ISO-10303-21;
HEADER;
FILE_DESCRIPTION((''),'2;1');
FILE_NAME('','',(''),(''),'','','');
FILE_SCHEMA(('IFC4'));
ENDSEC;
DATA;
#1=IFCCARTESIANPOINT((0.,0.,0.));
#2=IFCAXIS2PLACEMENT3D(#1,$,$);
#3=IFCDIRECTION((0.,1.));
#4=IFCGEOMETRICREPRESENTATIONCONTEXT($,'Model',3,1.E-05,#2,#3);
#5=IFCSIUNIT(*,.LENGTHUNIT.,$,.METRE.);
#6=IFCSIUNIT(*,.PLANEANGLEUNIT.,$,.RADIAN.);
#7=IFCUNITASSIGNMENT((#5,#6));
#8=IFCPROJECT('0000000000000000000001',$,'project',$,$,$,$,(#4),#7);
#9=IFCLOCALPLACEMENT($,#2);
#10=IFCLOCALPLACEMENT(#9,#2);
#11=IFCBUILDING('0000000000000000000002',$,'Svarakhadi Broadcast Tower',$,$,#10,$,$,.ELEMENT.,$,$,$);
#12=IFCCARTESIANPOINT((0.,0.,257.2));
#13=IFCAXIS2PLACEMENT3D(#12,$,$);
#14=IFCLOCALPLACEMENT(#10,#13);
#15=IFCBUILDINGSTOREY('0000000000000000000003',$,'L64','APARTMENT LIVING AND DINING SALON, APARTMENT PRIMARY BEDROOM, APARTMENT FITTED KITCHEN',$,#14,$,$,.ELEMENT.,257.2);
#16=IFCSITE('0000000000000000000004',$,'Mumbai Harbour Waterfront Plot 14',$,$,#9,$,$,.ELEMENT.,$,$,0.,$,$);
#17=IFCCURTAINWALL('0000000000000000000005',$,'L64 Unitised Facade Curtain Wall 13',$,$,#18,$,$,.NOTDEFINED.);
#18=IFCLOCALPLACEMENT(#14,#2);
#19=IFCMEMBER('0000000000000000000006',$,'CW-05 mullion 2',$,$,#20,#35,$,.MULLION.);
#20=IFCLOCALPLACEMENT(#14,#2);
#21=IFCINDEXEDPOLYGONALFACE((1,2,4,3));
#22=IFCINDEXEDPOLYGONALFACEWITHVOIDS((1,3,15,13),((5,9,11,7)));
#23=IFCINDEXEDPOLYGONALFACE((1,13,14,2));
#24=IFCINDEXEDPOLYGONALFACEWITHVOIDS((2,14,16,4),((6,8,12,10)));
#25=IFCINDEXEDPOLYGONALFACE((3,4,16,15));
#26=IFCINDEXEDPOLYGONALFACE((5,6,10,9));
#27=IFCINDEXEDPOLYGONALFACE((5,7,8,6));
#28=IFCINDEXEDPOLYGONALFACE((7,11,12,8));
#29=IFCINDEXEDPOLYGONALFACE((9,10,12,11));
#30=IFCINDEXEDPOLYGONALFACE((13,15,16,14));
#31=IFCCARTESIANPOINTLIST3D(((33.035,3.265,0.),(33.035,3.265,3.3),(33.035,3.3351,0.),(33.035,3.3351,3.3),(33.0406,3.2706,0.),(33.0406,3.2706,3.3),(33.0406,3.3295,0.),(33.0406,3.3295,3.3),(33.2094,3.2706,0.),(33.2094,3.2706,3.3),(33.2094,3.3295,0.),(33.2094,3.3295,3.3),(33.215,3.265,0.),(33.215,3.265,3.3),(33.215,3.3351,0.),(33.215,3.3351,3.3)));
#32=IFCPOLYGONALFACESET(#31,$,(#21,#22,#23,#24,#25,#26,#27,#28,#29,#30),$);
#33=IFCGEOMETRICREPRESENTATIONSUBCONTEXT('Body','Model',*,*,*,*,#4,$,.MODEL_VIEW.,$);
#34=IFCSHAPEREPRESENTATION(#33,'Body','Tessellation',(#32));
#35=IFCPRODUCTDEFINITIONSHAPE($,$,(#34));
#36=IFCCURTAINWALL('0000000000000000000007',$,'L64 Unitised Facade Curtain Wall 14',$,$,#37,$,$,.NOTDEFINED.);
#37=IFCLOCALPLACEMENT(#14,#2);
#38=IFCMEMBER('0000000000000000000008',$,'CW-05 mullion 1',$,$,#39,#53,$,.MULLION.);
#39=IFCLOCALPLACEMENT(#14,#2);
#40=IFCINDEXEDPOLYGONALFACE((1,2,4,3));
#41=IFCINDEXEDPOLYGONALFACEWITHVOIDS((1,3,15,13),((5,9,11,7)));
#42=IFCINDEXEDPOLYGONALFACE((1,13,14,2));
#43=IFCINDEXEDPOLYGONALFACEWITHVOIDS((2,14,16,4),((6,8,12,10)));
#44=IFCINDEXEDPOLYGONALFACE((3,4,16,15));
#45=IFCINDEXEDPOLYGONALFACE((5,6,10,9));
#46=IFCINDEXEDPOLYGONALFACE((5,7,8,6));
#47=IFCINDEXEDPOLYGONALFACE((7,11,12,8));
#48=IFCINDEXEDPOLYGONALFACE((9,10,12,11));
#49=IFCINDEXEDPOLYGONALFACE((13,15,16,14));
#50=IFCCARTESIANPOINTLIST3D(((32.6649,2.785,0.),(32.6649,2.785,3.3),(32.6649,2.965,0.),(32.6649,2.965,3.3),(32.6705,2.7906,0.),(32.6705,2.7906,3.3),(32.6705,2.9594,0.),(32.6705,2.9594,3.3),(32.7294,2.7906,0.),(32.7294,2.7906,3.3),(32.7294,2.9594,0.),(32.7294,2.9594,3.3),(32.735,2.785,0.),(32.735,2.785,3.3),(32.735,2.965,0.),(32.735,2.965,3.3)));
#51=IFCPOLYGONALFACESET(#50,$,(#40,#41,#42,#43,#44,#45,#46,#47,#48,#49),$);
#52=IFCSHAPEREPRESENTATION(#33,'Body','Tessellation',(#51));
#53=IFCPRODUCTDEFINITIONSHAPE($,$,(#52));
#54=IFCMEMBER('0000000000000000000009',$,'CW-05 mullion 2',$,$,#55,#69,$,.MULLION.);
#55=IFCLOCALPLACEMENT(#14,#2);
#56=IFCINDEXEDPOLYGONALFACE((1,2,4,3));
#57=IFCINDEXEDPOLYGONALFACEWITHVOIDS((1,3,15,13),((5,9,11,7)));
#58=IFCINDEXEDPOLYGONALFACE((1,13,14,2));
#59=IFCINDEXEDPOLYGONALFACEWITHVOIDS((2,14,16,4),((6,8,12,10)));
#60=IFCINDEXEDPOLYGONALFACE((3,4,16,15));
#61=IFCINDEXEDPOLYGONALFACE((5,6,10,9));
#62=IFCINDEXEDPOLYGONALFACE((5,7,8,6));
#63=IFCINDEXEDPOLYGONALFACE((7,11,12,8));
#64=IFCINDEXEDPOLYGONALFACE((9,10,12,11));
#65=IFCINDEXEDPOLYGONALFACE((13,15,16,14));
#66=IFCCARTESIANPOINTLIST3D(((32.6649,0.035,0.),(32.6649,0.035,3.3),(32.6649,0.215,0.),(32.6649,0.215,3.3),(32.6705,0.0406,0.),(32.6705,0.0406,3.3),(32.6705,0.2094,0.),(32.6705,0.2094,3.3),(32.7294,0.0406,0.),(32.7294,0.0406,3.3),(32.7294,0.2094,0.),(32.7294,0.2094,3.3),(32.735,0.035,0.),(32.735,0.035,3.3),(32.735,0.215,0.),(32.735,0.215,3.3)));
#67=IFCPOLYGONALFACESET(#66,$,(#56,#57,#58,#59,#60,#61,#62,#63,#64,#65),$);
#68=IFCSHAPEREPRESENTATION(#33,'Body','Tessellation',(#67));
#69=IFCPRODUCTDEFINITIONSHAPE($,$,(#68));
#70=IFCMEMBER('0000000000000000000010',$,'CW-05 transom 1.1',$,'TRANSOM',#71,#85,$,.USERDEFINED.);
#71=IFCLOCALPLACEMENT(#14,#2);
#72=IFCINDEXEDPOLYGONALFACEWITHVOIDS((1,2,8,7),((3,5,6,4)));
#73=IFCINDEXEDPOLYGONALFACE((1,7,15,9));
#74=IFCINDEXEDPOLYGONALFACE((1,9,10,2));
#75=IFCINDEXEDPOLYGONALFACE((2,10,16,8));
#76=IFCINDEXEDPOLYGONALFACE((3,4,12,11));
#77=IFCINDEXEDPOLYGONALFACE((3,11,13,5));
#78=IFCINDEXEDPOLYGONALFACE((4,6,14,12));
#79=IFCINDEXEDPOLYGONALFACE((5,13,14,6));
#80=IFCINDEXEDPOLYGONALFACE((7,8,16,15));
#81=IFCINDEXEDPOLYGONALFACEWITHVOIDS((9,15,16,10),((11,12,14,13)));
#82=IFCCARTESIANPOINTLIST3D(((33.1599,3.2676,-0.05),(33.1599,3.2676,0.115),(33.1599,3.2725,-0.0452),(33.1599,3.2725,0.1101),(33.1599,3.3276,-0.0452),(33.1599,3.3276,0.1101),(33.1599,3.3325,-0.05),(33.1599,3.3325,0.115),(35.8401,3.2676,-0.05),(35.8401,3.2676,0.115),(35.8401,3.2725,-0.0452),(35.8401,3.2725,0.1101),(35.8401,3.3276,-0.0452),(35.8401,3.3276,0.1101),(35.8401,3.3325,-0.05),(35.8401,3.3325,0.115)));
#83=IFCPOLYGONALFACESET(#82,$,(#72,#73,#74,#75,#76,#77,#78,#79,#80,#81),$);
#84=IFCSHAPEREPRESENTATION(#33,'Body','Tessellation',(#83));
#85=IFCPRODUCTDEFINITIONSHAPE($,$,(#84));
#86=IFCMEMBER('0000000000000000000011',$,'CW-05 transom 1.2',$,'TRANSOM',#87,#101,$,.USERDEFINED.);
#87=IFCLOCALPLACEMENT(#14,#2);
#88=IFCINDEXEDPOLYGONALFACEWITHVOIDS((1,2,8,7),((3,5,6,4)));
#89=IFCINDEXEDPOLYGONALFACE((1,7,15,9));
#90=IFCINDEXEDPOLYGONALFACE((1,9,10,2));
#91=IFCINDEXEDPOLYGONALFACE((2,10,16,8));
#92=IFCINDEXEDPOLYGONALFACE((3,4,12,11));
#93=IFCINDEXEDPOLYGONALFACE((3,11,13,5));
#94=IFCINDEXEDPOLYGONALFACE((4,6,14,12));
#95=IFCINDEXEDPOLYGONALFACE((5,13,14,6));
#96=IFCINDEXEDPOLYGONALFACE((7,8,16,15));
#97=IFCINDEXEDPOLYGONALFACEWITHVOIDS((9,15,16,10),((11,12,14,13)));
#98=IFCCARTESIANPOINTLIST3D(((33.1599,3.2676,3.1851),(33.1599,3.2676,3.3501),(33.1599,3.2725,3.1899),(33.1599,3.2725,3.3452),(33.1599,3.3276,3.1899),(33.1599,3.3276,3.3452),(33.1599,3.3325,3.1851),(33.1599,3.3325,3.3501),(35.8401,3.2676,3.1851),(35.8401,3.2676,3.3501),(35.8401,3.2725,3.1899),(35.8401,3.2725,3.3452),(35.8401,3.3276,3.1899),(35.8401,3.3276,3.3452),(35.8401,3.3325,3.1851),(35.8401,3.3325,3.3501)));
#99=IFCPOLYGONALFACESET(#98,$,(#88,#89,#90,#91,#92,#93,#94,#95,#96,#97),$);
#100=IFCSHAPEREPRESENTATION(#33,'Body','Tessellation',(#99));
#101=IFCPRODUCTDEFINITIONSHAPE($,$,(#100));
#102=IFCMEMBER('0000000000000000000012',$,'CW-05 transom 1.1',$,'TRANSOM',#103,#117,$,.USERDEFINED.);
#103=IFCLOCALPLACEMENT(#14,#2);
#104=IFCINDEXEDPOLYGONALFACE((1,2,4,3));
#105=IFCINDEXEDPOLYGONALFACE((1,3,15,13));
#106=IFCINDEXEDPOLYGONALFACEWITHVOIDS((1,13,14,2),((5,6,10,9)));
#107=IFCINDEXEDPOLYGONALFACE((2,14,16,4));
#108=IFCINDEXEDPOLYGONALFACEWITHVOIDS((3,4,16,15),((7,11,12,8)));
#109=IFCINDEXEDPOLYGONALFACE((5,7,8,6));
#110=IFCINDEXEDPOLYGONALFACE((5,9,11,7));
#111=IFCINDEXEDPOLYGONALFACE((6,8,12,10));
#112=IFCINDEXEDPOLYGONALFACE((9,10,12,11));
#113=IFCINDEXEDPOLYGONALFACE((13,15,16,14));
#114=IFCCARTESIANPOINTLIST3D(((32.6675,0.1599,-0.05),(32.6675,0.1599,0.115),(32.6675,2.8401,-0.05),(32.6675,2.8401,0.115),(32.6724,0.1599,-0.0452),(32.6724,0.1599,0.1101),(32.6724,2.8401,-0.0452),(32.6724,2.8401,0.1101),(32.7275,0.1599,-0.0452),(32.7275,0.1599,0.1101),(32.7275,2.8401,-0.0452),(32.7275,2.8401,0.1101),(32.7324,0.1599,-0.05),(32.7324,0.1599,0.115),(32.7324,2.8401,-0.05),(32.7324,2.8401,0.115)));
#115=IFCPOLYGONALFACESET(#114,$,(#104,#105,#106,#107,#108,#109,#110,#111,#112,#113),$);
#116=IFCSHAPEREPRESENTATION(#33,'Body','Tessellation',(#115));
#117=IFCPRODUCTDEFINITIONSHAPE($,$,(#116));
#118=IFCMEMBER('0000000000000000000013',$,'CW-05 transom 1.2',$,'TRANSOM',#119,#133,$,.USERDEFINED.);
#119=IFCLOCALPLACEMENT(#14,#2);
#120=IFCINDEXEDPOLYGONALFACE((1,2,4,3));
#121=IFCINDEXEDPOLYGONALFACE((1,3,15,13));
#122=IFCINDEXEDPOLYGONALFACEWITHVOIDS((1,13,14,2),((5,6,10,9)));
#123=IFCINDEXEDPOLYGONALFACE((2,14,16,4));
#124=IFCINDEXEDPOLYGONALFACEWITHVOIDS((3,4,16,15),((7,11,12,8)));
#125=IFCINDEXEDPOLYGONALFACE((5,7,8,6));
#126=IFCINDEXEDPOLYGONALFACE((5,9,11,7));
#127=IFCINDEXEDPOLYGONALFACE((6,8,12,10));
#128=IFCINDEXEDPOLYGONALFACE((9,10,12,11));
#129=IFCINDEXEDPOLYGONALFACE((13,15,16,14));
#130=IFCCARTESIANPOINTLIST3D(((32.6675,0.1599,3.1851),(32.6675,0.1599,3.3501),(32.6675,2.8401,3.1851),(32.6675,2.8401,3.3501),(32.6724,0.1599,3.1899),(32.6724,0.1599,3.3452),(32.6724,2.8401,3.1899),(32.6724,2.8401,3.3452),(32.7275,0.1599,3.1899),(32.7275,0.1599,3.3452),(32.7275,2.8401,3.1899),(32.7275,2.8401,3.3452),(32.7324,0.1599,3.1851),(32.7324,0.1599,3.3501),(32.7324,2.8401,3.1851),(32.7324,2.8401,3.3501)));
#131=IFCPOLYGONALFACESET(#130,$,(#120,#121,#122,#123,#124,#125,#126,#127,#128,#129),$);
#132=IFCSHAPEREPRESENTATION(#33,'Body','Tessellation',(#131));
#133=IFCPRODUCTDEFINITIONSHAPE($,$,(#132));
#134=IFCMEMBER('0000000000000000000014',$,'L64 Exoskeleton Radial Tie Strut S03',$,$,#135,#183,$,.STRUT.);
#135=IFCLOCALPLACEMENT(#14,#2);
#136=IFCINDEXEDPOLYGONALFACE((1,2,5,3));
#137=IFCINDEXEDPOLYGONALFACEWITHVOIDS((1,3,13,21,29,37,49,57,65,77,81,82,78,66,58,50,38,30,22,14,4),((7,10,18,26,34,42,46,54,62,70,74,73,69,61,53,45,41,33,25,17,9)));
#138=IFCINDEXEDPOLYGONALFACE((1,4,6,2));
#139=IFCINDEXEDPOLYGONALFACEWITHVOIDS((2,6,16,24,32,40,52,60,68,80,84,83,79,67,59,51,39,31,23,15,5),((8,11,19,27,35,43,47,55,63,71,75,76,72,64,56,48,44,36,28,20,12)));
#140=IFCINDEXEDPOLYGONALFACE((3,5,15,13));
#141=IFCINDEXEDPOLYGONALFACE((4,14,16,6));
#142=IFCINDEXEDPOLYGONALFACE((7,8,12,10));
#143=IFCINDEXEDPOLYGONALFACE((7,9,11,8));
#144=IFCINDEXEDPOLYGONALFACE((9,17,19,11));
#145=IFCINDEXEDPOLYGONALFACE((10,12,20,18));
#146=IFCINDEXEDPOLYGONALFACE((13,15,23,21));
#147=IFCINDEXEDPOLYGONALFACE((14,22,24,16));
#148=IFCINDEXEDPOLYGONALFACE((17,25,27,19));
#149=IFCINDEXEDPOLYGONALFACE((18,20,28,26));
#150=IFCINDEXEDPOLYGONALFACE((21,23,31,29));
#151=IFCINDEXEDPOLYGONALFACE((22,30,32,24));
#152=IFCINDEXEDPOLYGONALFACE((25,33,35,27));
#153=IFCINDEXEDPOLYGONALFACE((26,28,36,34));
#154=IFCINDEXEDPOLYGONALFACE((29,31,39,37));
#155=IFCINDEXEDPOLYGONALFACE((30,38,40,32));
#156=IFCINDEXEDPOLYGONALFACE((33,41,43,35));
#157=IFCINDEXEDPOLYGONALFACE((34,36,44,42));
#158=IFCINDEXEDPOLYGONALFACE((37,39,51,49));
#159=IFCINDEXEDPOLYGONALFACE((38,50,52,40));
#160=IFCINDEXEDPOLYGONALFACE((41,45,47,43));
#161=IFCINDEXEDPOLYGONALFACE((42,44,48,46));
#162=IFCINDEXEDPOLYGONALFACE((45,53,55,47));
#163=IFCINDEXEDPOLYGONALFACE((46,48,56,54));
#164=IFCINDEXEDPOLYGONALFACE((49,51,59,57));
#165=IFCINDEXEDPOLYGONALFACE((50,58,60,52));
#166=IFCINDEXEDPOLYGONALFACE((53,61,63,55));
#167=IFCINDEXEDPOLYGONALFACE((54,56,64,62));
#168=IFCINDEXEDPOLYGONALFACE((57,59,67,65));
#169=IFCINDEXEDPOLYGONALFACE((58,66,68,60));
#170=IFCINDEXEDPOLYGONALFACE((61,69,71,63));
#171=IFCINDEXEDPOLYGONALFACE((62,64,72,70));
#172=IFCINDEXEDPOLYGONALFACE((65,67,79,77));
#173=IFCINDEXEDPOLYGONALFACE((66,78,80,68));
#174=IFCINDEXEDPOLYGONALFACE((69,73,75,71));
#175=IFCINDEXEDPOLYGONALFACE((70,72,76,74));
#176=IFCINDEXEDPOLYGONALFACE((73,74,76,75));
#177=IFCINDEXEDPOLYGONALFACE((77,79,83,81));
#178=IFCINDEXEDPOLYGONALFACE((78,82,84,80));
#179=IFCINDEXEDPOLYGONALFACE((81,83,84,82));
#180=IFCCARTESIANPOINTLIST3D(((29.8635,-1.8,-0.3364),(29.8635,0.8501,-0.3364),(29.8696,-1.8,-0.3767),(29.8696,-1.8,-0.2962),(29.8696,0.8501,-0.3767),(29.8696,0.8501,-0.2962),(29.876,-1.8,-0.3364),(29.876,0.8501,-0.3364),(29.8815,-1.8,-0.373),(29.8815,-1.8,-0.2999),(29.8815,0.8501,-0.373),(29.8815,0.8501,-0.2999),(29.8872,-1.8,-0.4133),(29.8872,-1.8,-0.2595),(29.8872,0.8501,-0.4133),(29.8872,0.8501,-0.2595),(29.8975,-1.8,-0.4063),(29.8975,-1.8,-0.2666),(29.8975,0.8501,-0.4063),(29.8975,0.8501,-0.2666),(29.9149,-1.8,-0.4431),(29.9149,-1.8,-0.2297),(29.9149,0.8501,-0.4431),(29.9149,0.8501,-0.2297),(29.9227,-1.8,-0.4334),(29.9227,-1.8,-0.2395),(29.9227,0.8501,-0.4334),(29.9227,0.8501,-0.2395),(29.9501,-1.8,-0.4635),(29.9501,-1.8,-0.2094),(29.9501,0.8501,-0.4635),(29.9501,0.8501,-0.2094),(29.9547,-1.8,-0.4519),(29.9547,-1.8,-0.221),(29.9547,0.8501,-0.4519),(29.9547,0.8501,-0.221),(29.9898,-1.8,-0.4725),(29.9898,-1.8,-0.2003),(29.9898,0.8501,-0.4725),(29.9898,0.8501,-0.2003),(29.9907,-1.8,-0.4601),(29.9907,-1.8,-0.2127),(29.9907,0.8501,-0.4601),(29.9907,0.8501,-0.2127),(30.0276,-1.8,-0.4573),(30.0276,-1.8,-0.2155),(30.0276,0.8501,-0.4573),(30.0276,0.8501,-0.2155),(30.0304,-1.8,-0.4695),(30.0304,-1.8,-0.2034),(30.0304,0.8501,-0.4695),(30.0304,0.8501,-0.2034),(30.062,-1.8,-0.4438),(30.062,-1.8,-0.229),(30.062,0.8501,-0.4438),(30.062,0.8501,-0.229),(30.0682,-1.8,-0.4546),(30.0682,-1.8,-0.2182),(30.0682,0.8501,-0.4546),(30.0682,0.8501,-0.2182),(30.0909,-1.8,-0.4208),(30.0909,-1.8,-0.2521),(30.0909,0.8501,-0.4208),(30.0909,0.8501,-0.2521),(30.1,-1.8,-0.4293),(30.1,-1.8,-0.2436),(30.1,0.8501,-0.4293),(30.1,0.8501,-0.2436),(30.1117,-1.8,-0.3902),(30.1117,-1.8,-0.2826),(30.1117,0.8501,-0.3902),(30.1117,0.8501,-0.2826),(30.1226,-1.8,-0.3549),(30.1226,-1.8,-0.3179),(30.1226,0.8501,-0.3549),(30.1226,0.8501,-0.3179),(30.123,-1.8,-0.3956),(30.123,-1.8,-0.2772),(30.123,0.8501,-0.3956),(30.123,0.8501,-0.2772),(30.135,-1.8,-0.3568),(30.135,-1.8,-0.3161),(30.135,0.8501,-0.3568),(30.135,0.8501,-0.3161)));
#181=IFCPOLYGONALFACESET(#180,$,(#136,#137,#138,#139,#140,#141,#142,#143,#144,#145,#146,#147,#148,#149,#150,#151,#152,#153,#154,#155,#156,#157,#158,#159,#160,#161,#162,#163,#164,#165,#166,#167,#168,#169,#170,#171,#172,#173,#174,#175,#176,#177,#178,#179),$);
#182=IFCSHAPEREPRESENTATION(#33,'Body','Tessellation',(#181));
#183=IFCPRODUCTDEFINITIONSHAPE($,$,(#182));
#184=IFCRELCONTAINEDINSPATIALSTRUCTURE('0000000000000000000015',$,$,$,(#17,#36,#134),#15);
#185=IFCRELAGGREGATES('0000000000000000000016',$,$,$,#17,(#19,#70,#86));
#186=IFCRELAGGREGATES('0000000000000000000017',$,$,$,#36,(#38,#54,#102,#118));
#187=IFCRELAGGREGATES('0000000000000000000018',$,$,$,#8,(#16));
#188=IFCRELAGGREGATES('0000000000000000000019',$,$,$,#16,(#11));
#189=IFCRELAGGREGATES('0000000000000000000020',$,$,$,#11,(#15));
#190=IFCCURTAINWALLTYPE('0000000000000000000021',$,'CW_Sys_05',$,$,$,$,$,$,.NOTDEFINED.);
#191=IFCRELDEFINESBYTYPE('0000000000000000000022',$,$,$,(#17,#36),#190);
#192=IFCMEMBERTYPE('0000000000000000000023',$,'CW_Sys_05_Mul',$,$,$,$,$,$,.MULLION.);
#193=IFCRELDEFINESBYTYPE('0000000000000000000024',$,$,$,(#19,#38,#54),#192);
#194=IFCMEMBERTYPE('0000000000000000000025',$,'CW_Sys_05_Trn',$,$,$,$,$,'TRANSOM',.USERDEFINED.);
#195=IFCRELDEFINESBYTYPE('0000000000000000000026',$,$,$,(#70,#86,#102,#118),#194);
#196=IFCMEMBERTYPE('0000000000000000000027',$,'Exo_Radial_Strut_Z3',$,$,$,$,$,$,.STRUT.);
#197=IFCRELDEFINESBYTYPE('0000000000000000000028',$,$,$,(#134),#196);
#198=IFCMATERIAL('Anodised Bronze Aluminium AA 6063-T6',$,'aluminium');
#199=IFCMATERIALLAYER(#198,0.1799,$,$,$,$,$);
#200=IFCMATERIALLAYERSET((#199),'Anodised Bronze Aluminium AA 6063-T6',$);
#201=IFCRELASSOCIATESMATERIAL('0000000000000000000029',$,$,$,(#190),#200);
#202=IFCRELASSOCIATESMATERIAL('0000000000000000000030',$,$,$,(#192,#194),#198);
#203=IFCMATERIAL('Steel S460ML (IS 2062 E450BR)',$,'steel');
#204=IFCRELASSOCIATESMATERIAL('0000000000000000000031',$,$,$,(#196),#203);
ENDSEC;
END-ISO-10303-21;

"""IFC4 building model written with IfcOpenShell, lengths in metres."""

from ifc_helpers import new_model, si_unit, direction, frame, origin, origin_2d, place, context, subcontext, project, spatial, hollow_rectangle, hollow_circle, extrude, material, layer, layer_set, material_profile, profile_set, type_object, element, aggregate, save


model = new_model("IFC4")

# Units and contexts
model_context = context("Model", 3, precision=1e-05, world=origin(), true_north=direction((0.0, 1.0)))
body_context = subcontext(model_context, "Body", "Model", "MODEL_VIEW")
ifc_project = project(units=[si_unit("LENGTHUNIT", "METRE"), si_unit("PLANEANGLEUNIT", "RADIAN")], contexts=[model_context])

# Site, building, storey
site_placement = place(None, origin())
site = spatial("IfcSite", under=ifc_project, at=site_placement, Name="Mumbai Harbour Waterfront Plot 14", CompositionType="ELEMENT", RefElevation=0.0)
building_placement = place(site_placement, origin())
building = spatial("IfcBuilding", under=site, at=building_placement, Name="Svarakhadi Broadcast Tower", CompositionType="ELEMENT")
storey_placement = place(building_placement, frame((0.0, 0.0, 257.2)))
storey = spatial("IfcBuildingStorey", under=building, at=storey_placement, Name="L64", Description="APARTMENT LIVING AND DINING SALON, APARTMENT PRIMARY BEDROOM, APARTMENT FITTED KITCHEN", CompositionType="ELEMENT", Elevation=257.2)

# Shared definitions
ifc_material_1 = material(Name="Steel S460ML (IS 2062 E450BR)", Category="steel")

# Shared definitions
ifc_material_2 = material(Name="Anodised Bronze Aluminium AA 6063-T6", Category="aluminium")
ifc_layer_1 = layer(ifc_material_2, 0.1799)
ifc_layer_set_1 = layer_set([ifc_layer_1], Name="Anodised Bronze Aluminium AA 6063-T6")
curtain_wall_type = type_object("IfcCurtainWallType", Name="CW_Sys_05", PredefinedType="NOTDEFINED", material=ifc_layer_set_1)
ifc_material_profile_1 = material_profile(ifc_material_2, hollow_rectangle(XDim=0.0701, YDim=0.1799, WallThickness=0.0056, at=origin_2d()), Name="ALU MULLION 180x70x6")
ifc_profile_set_1 = profile_set([ifc_material_profile_1], Name="Anodised Bronze Aluminium AA 6063-T6")
member_type_1 = type_object("IfcMemberType", Name="CW_Sys_05_Mul", PredefinedType="MULLION", material=ifc_profile_set_1)

# Curtain walls, members
curtain_wall_1_placement = place(storey_placement, origin())
curtain_wall_1 = element("IfcCurtainWall", 1, at=curtain_wall_1_placement, inside=storey, type_object=curtain_wall_type, Name="L64 Unitised Facade Curtain Wall 13", PredefinedType="NOTDEFINED")
member_1_placement = place(storey_placement, frame((33.125, 3.3, 0.0), z_axis=(0.0, 0.0, 1.0), x_axis=(0.0, -1.0, 0.0)))
member_1 = element("IfcMember", 2, at=member_1_placement, type_object=member_type_1, Name="CW-05 mullion 2", PredefinedType="MULLION", context=body_context, shape_type="SweptSolid", body=[
    extrude(hollow_rectangle(XDim=0.0701, YDim=0.1799, WallThickness=0.0056, at=origin_2d()), origin(), (0.0, 0.0, 1.0), 3.3),
])
curtain_wall_2_placement = place(storey_placement, origin())
curtain_wall_2 = element("IfcCurtainWall", 3, at=curtain_wall_2_placement, inside=storey, type_object=curtain_wall_type, Name="L64 Unitised Facade Curtain Wall 14", PredefinedType="NOTDEFINED")
member_2_placement = place(storey_placement, frame((32.7, 2.875, 0.0), z_axis=(0.0, 0.0, 1.0), x_axis=(1.0, 0.0, 0.0)))
member_2 = element("IfcMember", 4, at=member_2_placement, type_object=member_type_1, Name="CW-05 mullion 1", PredefinedType="MULLION", context=body_context, shape_type="SweptSolid", body=[
    extrude(hollow_rectangle(XDim=0.0701, YDim=0.1799, WallThickness=0.0056, at=origin_2d()), origin(), (0.0, 0.0, 1.0), 3.3),
])
member_3_placement = place(storey_placement, frame((32.7, 0.125, 0.0), z_axis=(0.0, 0.0, 1.0), x_axis=(1.0, 0.0, 0.0)))
member_3 = element("IfcMember", 5, at=member_3_placement, type_object=member_type_1, Name="CW-05 mullion 2", PredefinedType="MULLION", context=body_context, shape_type="SweptSolid", body=[
    extrude(hollow_rectangle(XDim=0.0701, YDim=0.1799, WallThickness=0.0056, at=origin_2d()), origin(), (0.0, 0.0, 1.0), 3.3),
])

# Members
ifc_material_profile_2 = material_profile(ifc_material_2, hollow_rectangle(XDim=0.0649, YDim=0.165, WallThickness=0.0049, at=origin_2d()), Name="ALU TRANSOM 165x65x5")
ifc_profile_set_2 = profile_set([ifc_material_profile_2], Name="Anodised Bronze Aluminium AA 6063-T6")
member_type_2 = type_object("IfcMemberType", Name="CW_Sys_05_Trn", ElementType="TRANSOM", PredefinedType="USERDEFINED", material=ifc_profile_set_2)
member_4_placement = place(storey_placement, frame((35.8401, 3.3, 0.0325), z_axis=(-1.0, 0.0, 0.0), x_axis=(0.0, -1.0, 0.0)))
member_4 = element("IfcMember", 6, at=member_4_placement, type_object=member_type_2, Name="CW-05 transom 1.1", ObjectType="TRANSOM", PredefinedType="USERDEFINED", context=body_context, shape_type="SweptSolid", body=[
    extrude(hollow_rectangle(XDim=0.0649, YDim=0.165, WallThickness=0.0049, at=origin_2d()), origin(), (0.0, 0.0, 1.0), 2.6802),
])
member_5_placement = place(storey_placement, frame((35.8401, 3.3, 3.2676), z_axis=(-1.0, 0.0, 0.0), x_axis=(0.0, -1.0, 0.0)))
member_5 = element("IfcMember", 7, at=member_5_placement, type_object=member_type_2, Name="CW-05 transom 1.2", ObjectType="TRANSOM", PredefinedType="USERDEFINED", context=body_context, shape_type="SweptSolid", body=[
    extrude(hollow_rectangle(XDim=0.0649, YDim=0.165, WallThickness=0.0049, at=origin_2d()), origin(), (0.0, 0.0, 1.0), 2.6802),
])
member_6_placement = place(storey_placement, frame((32.7, 2.8401, 0.0325), z_axis=(0.0, -1.0, 0.0), x_axis=(1.0, 0.0, 0.0)))
member_6 = element("IfcMember", 8, at=member_6_placement, type_object=member_type_2, Name="CW-05 transom 1.1", ObjectType="TRANSOM", PredefinedType="USERDEFINED", context=body_context, shape_type="SweptSolid", body=[
    extrude(hollow_rectangle(XDim=0.0649, YDim=0.165, WallThickness=0.0049, at=origin_2d()), origin(), (0.0, 0.0, 1.0), 2.6802),
])
member_7_placement = place(storey_placement, frame((32.7, 2.8401, 3.2676), z_axis=(0.0, -1.0, 0.0), x_axis=(1.0, 0.0, 0.0)))
member_7 = element("IfcMember", 9, at=member_7_placement, type_object=member_type_2, Name="CW-05 transom 1.2", ObjectType="TRANSOM", PredefinedType="USERDEFINED", context=body_context, shape_type="SweptSolid", body=[
    extrude(hollow_rectangle(XDim=0.0649, YDim=0.165, WallThickness=0.0049, at=origin_2d()), origin(), (0.0, 0.0, 1.0), 2.6802),
])
ifc_material_profile_3 = material_profile(ifc_material_1, hollow_circle(Radius=0.1365, WallThickness=0.0125, at=origin_2d()), Name="CHS 273x12.5")
ifc_profile_set_3 = profile_set([ifc_material_profile_3], Name="Steel S460ML (IS 2062 E450BR)")
member_type_3 = type_object("IfcMemberType", Name="Exo_Radial_Strut_Z3", PredefinedType="STRUT", material=ifc_profile_set_3)
member_8_placement = place(storey_placement, frame((30.0, -1.8, -0.3364), z_axis=(0.0, 1.0, 0.0), x_axis=(-1.0, 0.0, 0.0)))
element("IfcMember", 10, at=member_8_placement, inside=storey, type_object=member_type_3, Name="L64 Exoskeleton Radial Tie Strut S03", PredefinedType="STRUT", context=body_context, shape_type="SweptSolid", body=[
    extrude(hollow_circle(Radius=0.1365, WallThickness=0.0125, at=origin_2d()), origin(), (0.0, 0.0, 1.0), 2.6501),
])

aggregate(curtain_wall_1, [member_1, member_4, member_5])
aggregate(curtain_wall_2, [member_2, member_3, member_6, member_7])

save(model, "model.ifc")
